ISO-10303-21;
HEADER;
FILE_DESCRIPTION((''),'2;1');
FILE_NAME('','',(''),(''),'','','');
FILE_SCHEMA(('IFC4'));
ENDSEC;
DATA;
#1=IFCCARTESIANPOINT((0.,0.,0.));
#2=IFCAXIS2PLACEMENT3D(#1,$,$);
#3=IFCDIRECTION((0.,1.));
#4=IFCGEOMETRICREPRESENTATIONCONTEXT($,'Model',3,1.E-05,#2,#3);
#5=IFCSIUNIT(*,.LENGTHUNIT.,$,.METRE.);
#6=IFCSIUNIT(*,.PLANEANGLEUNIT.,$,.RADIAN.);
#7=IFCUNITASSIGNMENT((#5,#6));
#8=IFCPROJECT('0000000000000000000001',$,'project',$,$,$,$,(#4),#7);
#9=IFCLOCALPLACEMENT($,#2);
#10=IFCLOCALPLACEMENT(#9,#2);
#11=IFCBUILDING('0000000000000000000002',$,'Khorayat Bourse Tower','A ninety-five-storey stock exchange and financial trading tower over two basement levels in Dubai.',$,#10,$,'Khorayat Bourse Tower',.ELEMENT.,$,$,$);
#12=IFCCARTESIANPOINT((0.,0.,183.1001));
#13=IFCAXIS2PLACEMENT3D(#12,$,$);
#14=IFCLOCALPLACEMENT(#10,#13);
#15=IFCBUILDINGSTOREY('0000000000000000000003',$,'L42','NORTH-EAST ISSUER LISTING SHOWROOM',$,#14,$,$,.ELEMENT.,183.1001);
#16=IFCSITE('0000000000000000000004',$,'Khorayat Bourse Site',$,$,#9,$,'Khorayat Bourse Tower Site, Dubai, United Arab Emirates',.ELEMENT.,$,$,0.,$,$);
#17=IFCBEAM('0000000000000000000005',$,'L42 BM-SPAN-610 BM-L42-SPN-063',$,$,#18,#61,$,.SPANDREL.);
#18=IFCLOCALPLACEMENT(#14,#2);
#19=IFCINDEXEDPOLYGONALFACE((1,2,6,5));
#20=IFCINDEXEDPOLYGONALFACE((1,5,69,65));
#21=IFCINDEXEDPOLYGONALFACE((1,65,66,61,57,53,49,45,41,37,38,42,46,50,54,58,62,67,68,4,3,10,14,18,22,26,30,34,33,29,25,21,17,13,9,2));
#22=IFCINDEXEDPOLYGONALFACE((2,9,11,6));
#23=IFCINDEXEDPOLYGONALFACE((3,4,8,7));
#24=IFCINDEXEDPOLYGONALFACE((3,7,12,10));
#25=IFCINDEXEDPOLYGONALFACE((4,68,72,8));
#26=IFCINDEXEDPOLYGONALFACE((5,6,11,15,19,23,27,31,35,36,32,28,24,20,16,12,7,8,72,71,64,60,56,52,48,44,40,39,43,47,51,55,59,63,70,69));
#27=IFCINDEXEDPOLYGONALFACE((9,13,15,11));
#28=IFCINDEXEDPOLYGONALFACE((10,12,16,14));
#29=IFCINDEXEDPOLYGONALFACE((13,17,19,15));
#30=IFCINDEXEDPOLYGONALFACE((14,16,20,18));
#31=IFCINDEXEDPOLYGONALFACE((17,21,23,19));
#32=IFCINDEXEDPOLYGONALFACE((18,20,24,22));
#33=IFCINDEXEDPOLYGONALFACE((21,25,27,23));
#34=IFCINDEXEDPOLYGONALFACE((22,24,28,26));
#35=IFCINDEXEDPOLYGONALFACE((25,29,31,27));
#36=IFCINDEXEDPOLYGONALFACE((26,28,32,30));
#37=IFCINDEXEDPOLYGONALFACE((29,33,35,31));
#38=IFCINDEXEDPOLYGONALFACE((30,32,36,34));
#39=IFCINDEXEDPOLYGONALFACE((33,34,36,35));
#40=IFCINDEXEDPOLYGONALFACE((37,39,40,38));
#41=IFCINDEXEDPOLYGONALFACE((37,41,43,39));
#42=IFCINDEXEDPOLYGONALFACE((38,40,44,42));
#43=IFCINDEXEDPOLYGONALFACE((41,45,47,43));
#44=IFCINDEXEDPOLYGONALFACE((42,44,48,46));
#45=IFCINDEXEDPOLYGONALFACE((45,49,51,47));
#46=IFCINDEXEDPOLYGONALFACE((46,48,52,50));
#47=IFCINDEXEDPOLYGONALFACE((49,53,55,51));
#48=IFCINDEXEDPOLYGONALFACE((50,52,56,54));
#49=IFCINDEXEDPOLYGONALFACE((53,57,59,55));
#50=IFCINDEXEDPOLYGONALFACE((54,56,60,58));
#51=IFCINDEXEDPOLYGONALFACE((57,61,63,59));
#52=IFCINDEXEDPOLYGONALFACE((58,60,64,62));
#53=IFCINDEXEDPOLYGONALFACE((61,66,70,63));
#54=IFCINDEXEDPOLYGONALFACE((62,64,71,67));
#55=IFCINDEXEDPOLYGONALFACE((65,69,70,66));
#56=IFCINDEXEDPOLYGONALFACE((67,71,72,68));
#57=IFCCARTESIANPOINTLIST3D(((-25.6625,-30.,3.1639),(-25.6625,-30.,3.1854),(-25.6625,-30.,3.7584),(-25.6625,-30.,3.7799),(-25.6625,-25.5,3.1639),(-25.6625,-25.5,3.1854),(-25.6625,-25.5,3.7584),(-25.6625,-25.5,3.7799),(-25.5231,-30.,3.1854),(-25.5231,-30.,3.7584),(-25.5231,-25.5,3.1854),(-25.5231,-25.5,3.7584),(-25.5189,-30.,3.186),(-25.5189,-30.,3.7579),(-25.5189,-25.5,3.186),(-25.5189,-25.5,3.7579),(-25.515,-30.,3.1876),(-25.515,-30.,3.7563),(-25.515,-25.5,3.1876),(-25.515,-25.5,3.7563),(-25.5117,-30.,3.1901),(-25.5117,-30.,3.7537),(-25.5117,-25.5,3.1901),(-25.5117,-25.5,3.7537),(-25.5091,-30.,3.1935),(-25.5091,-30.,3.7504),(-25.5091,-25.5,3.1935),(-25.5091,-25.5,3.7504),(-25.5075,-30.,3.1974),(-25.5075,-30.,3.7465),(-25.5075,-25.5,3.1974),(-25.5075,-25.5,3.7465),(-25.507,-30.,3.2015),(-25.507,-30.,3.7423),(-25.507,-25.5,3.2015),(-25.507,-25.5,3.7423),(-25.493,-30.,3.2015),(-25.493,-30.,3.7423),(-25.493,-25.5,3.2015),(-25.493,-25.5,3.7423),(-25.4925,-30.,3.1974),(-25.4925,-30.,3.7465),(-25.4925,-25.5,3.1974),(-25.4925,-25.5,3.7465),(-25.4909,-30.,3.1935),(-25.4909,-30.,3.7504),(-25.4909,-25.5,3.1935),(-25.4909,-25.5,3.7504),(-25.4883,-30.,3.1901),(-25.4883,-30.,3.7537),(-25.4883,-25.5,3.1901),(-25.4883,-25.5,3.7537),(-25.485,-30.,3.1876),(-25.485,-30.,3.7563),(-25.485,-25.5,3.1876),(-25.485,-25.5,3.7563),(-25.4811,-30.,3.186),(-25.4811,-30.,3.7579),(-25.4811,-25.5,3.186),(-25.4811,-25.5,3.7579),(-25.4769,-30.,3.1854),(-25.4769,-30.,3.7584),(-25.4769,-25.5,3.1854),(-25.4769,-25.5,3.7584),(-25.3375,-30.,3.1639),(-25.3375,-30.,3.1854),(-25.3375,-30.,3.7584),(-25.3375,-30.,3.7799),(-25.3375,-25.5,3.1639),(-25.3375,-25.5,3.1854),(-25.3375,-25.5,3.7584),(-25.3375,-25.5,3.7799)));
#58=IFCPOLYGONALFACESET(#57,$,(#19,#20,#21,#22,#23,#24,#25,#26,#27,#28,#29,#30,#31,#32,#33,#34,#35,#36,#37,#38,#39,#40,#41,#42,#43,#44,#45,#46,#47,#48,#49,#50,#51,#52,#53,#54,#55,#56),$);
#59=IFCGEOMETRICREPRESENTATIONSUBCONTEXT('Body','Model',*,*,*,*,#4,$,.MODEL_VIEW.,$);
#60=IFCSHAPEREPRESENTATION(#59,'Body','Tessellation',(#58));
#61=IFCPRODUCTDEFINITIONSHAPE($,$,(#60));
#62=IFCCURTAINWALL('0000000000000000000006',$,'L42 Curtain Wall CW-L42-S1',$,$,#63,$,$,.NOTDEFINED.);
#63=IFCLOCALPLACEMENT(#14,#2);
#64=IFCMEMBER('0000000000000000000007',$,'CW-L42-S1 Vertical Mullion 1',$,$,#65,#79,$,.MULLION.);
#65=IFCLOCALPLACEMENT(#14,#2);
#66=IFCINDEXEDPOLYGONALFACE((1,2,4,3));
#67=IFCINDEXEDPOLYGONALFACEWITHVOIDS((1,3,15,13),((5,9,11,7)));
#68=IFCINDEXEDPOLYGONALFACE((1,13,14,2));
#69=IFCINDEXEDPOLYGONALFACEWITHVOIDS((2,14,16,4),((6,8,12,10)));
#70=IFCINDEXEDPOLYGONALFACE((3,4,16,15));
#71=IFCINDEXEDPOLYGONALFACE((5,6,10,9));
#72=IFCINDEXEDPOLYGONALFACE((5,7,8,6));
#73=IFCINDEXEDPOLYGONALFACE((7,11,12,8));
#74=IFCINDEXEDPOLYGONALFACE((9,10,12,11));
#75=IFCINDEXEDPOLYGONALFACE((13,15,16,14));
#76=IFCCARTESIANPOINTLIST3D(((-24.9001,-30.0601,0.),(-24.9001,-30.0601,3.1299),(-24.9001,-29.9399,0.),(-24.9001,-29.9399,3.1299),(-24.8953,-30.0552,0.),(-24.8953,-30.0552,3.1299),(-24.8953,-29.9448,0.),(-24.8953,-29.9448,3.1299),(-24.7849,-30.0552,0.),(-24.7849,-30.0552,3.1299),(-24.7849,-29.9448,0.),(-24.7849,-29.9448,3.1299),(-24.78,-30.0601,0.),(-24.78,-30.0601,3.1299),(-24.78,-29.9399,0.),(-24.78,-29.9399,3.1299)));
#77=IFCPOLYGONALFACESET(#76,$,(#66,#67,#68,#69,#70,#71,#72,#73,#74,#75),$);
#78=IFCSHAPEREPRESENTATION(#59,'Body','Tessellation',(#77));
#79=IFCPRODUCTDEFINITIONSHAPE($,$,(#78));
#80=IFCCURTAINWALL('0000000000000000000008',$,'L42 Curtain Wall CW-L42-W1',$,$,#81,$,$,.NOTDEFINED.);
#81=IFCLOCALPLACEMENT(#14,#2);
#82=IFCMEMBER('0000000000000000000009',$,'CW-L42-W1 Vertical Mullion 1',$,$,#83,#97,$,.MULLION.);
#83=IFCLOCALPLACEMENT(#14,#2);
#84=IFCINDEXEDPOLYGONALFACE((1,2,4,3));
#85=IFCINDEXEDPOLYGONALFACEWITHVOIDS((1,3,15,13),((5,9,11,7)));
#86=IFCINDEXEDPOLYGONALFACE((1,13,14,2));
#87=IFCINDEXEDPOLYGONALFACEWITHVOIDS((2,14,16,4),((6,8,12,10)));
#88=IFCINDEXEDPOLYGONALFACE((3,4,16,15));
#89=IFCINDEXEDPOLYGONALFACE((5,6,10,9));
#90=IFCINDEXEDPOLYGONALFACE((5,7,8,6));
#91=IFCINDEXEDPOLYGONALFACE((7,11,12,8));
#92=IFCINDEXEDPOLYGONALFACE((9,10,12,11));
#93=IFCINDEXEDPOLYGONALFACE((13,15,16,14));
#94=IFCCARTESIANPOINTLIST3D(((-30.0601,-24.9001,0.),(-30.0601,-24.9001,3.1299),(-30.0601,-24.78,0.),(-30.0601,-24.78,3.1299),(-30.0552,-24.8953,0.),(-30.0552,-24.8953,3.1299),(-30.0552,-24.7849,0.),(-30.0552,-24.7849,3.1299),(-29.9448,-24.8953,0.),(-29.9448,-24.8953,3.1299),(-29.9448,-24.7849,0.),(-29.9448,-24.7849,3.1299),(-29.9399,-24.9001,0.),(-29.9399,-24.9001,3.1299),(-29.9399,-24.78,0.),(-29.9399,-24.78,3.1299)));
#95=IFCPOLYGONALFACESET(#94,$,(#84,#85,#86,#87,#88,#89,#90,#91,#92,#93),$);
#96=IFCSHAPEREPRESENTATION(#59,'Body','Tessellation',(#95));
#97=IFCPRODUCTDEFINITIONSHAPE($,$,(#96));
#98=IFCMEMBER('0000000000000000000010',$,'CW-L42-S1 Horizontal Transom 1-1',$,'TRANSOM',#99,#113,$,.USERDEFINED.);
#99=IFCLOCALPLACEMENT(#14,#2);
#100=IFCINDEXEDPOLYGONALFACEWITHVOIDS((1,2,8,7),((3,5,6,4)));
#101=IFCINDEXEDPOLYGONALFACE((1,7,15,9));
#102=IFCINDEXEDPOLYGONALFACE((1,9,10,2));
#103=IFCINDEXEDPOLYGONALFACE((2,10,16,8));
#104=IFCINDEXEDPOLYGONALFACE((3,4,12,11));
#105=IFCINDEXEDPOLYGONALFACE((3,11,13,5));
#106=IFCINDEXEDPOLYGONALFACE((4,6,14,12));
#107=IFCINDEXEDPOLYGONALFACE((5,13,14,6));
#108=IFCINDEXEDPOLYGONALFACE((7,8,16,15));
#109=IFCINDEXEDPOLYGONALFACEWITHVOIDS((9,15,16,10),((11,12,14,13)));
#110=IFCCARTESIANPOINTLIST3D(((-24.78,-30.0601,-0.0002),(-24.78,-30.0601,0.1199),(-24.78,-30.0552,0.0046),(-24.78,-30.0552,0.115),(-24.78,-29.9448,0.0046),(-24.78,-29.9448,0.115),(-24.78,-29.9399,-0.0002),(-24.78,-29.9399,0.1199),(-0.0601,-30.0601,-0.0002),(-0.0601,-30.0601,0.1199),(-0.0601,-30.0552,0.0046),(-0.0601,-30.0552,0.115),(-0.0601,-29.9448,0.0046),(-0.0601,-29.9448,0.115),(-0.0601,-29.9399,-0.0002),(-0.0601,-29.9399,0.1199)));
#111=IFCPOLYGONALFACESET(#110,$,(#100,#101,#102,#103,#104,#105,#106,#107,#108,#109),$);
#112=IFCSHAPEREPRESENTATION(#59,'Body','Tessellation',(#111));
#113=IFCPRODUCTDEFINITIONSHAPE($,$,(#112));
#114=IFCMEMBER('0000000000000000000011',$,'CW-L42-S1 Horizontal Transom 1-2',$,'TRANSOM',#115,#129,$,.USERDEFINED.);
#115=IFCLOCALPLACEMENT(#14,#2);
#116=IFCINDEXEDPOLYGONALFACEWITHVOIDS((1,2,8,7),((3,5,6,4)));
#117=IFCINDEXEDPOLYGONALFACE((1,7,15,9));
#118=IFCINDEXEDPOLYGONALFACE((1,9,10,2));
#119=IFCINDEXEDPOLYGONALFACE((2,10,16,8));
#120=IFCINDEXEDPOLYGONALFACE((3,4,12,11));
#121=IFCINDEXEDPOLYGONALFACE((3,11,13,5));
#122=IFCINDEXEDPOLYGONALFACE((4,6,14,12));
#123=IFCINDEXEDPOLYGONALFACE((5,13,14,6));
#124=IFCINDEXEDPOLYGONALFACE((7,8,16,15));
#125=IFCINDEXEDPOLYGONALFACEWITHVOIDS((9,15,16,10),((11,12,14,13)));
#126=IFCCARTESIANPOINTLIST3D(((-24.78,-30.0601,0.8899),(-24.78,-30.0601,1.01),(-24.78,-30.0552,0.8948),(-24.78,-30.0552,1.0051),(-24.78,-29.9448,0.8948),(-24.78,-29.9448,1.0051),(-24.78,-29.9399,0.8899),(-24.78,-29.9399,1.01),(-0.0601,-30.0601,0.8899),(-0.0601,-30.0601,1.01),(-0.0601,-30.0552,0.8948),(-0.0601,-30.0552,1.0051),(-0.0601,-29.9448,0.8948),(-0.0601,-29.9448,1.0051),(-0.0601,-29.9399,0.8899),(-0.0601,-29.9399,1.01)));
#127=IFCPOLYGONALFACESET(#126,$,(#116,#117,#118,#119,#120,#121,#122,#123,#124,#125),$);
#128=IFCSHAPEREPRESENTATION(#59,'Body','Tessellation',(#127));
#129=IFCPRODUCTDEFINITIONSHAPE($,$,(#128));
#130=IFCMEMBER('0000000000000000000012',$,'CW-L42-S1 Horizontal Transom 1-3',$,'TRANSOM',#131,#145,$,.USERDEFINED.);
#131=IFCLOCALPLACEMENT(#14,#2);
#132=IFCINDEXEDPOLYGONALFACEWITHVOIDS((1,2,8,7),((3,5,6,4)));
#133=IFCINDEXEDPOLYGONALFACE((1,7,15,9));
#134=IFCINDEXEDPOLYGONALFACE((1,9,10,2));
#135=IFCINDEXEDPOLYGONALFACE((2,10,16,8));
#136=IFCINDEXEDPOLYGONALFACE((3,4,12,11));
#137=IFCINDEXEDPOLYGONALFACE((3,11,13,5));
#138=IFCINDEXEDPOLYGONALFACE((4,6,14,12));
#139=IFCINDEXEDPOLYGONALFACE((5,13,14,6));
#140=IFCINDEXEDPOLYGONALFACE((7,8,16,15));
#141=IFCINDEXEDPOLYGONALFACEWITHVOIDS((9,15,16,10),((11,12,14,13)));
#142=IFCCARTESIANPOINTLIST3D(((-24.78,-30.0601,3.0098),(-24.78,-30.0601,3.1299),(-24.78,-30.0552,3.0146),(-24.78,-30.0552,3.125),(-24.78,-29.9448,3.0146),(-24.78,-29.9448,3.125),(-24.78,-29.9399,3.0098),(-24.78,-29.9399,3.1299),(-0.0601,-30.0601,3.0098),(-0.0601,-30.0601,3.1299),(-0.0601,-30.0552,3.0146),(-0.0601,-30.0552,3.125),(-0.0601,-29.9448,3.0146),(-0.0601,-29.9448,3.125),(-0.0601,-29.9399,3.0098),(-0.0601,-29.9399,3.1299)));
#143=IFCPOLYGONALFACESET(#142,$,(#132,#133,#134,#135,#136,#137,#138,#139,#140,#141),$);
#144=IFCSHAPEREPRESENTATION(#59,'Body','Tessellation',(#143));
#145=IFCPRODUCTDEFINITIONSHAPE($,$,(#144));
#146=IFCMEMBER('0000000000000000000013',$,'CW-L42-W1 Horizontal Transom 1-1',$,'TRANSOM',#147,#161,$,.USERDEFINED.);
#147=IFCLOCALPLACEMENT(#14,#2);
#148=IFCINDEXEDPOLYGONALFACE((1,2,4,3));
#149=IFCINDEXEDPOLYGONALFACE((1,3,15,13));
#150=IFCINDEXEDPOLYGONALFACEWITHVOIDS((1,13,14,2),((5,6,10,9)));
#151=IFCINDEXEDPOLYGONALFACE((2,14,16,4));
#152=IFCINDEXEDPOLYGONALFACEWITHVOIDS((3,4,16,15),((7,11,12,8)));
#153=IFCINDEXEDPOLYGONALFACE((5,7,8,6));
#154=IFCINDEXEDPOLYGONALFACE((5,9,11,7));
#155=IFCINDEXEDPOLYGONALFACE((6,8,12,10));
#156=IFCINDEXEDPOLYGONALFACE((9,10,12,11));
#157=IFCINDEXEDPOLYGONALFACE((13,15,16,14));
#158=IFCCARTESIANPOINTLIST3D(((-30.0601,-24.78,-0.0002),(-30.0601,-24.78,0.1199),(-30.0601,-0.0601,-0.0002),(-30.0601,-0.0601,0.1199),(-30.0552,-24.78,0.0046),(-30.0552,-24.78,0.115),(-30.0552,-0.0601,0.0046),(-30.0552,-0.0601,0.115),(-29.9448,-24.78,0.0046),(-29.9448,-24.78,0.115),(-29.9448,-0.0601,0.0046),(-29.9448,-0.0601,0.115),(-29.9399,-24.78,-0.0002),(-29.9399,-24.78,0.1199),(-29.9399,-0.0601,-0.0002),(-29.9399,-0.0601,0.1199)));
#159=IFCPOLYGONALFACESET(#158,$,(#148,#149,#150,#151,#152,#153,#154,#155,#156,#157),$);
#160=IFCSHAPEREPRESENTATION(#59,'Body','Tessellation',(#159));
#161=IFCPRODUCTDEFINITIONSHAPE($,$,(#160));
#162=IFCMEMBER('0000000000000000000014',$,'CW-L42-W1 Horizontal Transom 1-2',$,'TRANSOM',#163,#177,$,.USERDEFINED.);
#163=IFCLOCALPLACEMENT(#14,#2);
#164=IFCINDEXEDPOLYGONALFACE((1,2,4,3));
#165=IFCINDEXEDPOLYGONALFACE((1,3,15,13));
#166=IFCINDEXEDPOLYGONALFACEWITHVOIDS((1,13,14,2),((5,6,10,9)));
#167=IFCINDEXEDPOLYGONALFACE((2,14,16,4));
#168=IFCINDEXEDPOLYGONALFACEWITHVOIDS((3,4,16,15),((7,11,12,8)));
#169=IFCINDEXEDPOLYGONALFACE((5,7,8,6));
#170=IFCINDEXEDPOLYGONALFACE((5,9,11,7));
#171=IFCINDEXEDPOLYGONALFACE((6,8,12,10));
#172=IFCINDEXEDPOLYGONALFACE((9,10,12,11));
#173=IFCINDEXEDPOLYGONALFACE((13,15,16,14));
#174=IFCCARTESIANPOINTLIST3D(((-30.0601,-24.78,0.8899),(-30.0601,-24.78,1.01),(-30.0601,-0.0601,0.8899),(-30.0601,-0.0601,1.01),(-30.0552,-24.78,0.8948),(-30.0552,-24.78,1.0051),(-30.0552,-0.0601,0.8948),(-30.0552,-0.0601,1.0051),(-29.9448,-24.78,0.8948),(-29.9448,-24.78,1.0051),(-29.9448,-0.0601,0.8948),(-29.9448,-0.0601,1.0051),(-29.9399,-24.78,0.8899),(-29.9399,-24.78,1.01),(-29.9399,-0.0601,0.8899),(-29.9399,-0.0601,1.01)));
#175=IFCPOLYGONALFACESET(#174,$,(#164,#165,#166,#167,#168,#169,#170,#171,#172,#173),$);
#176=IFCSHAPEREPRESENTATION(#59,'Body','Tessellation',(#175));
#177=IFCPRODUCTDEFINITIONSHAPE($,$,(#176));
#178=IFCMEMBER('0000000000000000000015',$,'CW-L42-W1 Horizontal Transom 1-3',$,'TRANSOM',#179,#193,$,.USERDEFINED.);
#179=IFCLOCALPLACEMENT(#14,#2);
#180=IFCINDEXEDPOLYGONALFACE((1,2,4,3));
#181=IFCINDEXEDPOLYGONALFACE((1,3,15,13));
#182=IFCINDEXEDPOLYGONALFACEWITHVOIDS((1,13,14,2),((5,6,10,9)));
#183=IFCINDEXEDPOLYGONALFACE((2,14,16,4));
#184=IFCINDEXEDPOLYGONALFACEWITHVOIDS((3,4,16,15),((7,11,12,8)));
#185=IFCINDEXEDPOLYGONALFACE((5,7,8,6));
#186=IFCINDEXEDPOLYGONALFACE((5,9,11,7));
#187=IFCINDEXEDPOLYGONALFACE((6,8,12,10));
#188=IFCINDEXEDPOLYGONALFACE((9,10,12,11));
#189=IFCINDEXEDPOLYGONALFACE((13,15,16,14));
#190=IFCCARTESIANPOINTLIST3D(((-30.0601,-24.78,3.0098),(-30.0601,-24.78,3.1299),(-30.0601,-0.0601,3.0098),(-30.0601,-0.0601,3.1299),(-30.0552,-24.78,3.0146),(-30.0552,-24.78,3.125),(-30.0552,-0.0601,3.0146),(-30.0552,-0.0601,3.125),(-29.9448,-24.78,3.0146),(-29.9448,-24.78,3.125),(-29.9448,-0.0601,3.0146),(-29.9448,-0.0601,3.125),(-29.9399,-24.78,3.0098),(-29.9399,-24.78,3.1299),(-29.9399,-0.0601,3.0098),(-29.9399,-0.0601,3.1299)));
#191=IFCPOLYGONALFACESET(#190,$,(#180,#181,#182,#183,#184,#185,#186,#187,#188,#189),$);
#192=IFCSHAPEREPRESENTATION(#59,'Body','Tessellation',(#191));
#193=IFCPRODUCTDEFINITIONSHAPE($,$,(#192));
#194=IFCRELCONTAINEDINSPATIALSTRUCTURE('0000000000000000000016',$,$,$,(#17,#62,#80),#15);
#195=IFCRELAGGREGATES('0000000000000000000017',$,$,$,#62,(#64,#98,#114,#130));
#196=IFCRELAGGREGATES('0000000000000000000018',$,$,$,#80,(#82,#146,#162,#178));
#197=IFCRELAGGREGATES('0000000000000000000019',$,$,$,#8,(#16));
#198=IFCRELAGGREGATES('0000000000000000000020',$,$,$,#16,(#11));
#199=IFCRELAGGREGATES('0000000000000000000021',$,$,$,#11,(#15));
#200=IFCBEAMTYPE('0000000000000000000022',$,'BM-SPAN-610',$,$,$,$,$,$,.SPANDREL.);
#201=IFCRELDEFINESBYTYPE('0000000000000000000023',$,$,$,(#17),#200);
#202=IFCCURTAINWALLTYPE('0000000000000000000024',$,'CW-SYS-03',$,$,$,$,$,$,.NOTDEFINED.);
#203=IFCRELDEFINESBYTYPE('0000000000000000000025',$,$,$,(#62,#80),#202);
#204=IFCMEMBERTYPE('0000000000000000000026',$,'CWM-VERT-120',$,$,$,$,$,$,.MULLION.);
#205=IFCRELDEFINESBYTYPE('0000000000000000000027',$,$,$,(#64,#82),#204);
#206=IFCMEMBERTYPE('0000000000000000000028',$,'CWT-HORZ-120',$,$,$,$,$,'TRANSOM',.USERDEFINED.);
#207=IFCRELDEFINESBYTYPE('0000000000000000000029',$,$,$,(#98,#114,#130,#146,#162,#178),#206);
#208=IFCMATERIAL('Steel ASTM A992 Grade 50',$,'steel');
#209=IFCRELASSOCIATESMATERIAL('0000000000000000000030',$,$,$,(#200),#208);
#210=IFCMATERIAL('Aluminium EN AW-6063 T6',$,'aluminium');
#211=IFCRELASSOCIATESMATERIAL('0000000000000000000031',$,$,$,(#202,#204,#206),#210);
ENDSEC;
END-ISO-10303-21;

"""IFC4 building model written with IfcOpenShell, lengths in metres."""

from ifc_helpers import new_model, si_unit, direction, frame, origin, origin_2d, place, context, subcontext, project, spatial, hollow_rectangle, i_section, extrude, source, transform, mapped, material, material_profile, profile_set, type_object, element, aggregate, save


model = new_model("IFC4")

# Units and contexts
model_context = context("Model", 3, precision=1e-05, world=origin(), true_north=direction((0.0, 1.0)))
body_context = subcontext(model_context, "Body", "Model", "MODEL_VIEW")
ifc_project = project(units=[si_unit("LENGTHUNIT", "METRE"), si_unit("PLANEANGLEUNIT", "RADIAN")], contexts=[model_context])

# Site, building, storey
site_placement = place(None, origin())
site = spatial("IfcSite", under=ifc_project, at=site_placement, Name="Khorayat Bourse Site", LongName="Khorayat Bourse Tower Site, Dubai, United Arab Emirates", CompositionType="ELEMENT", RefElevation=0.0)
building_placement = place(site_placement, origin())
building = spatial("IfcBuilding", under=site, at=building_placement, Name="Khorayat Bourse Tower", Description="A ninety-five-storey stock exchange and financial trading tower over two basement levels in Dubai.", LongName="Khorayat Bourse Tower", CompositionType="ELEMENT")
storey_placement = place(building_placement, frame((0.0, 0.0, 183.1001)))
storey = spatial("IfcBuildingStorey", under=building, at=storey_placement, Name="L42", Description="NORTH-EAST ISSUER LISTING SHOWROOM", CompositionType="ELEMENT", Elevation=183.1001)

# Beam
ifc_material_1 = material(Name="Steel ASTM A992 Grade 50", Category="steel")
ifc_material_profile_1 = material_profile(ifc_material_1, i_section(OverallWidth=0.325, OverallDepth=0.616, WebThickness=0.0139, FlangeThickness=0.0215, FilletRadius=0.0161, at=origin_2d()), Name="W610X174")
ifc_profile_set_1 = profile_set([ifc_material_profile_1], Name="Steel ASTM A992 Grade 50")
beam_type_1 = type_object("IfcBeamType", Name="BM-SPAN-610", PredefinedType="SPANDREL", material=ifc_profile_set_1)
shared_shape_1 = source(origin(), body_context, "Body", "SweptSolid", [
    extrude(i_section(OverallWidth=0.325, OverallDepth=0.616, WebThickness=0.0139, FlangeThickness=0.0215, FilletRadius=0.0161, at=origin_2d()), origin(), (0.0, 0.0, 1.0), 4.5),
])
for number, where, z_axis, x_axis, name in (
    (1, (-25.5, -30.0, 3.4719), (0.0, 1.0, 0.0), (-1.0, 0.0, 0.0), "L42 BM-SPAN-610 BM-L42-SPN-063"),
):
    element("IfcBeam", number, at=place(storey_placement, frame(where, z_axis=z_axis, x_axis=x_axis)), inside=storey, type_object=beam_type_1, Name=name, PredefinedType="SPANDREL", context=body_context, shape_type="MappedRepresentation", body=[
        mapped(shared_shape_1, transform((0.0, 0.0, 0.0), scale=1.0)),
    ])

# Curtain walls, members
ifc_material_2 = material(Name="Aluminium EN AW-6063 T6", Category="aluminium")
curtain_wall_type = type_object("IfcCurtainWallType", Name="CW-SYS-03", PredefinedType="NOTDEFINED", material=ifc_material_2)
curtain_wall_1_placement = place(storey_placement, origin())
curtain_wall_1 = element("IfcCurtainWall", 2, at=curtain_wall_1_placement, inside=storey, type_object=curtain_wall_type, Name="L42 Curtain Wall CW-L42-S1", PredefinedType="NOTDEFINED")
ifc_material_profile_2 = material_profile(ifc_material_2, hollow_rectangle(XDim=0.1201, YDim=0.1201, WallThickness=0.0049, at=origin_2d()), Name="ALU 120x120x5")
ifc_profile_set_2 = profile_set([ifc_material_profile_2], Name="Aluminium EN AW-6063 T6")
member_type_1 = type_object("IfcMemberType", Name="CWM-VERT-120", PredefinedType="MULLION", material=ifc_profile_set_2)
shared_shape_2 = source(origin(), body_context, "Body", "SweptSolid", [
    extrude(hollow_rectangle(XDim=0.1201, YDim=0.1201, WallThickness=0.0049, at=origin_2d()), origin(), (0.0, 0.0, 1.0), 3.1299),
])
member_1_placement = place(storey_placement, frame((-24.8401, -30.0, 0.0), z_axis=(0.0, 0.0, 1.0), x_axis=(0.0, 1.0, 0.0)))
member_1 = element("IfcMember", 3, at=member_1_placement, type_object=member_type_1, Name="CW-L42-S1 Vertical Mullion 1", PredefinedType="MULLION", context=body_context, shape_type="MappedRepresentation", body=[
    mapped(shared_shape_2, transform((0.0, 0.0, 0.0), scale=1.0)),
])
curtain_wall_2_placement = place(storey_placement, origin())
curtain_wall_2 = element("IfcCurtainWall", 4, at=curtain_wall_2_placement, inside=storey, type_object=curtain_wall_type, Name="L42 Curtain Wall CW-L42-W1", PredefinedType="NOTDEFINED")
member_2_placement = place(storey_placement, frame((-30.0, -24.8401, 0.0), z_axis=(0.0, 0.0, 1.0), x_axis=(-1.0, 0.0, 0.0)))
member_2 = element("IfcMember", 5, at=member_2_placement, type_object=member_type_1, Name="CW-L42-W1 Vertical Mullion 1", PredefinedType="MULLION", context=body_context, shape_type="MappedRepresentation", body=[
    mapped(shared_shape_2, transform((0.0, 0.0, 0.0), scale=1.0)),
])

# Members
ifc_material_profile_3 = material_profile(ifc_material_2, hollow_rectangle(XDim=0.1201, YDim=0.1201, WallThickness=0.0049, at=origin_2d()), Name="ALU 120x120x5")
ifc_profile_set_3 = profile_set([ifc_material_profile_3], Name="Aluminium EN AW-6063 T6")
member_type_2 = type_object("IfcMemberType", Name="CWT-HORZ-120", ElementType="TRANSOM", PredefinedType="USERDEFINED", material=ifc_profile_set_3)
shared_shape_3 = source(origin(), body_context, "Body", "SweptSolid", [
    extrude(hollow_rectangle(XDim=0.1201, YDim=0.1201, WallThickness=0.0049, at=origin_2d()), origin(), (0.0, 0.0, 1.0), 24.72),
])
member_3_placement = place(storey_placement, frame((-24.78, -30.0, 0.0598), z_axis=(1.0, 0.0, 0.0), x_axis=(0.0, 1.0, 0.0)))
member_3 = element("IfcMember", 6, at=member_3_placement, type_object=member_type_2, Name="CW-L42-S1 Horizontal Transom 1-1", ObjectType="TRANSOM", PredefinedType="USERDEFINED", context=body_context, shape_type="MappedRepresentation", body=[
    mapped(shared_shape_3, transform((0.0, 0.0, 0.0), scale=1.0)),
])
member_4_placement = place(storey_placement, frame((-24.78, -30.0, 0.95), z_axis=(1.0, 0.0, 0.0), x_axis=(0.0, 1.0, 0.0)))
member_4 = element("IfcMember", 7, at=member_4_placement, type_object=member_type_2, Name="CW-L42-S1 Horizontal Transom 1-2", ObjectType="TRANSOM", PredefinedType="USERDEFINED", context=body_context, shape_type="MappedRepresentation", body=[
    mapped(shared_shape_3, transform((0.0, 0.0, 0.0), scale=1.0)),
])
member_5_placement = place(storey_placement, frame((-24.78, -30.0, 3.0698), z_axis=(1.0, 0.0, 0.0), x_axis=(0.0, 1.0, 0.0)))
member_5 = element("IfcMember", 8, at=member_5_placement, type_object=member_type_2, Name="CW-L42-S1 Horizontal Transom 1-3", ObjectType="TRANSOM", PredefinedType="USERDEFINED", context=body_context, shape_type="MappedRepresentation", body=[
    mapped(shared_shape_3, transform((0.0, 0.0, 0.0), scale=1.0)),
])
aggregate(curtain_wall_1, [member_1, member_3, member_4, member_5])
member_6_placement = place(storey_placement, frame((-30.0, -24.78, 0.0598), z_axis=(0.0, 1.0, 0.0), x_axis=(-1.0, 0.0, 0.0)))
member_6 = element("IfcMember", 9, at=member_6_placement, type_object=member_type_2, Name="CW-L42-W1 Horizontal Transom 1-1", ObjectType="TRANSOM", PredefinedType="USERDEFINED", context=body_context, shape_type="MappedRepresentation", body=[
    mapped(shared_shape_3, transform((0.0, 0.0, 0.0), scale=1.0)),
])
member_7_placement = place(storey_placement, frame((-30.0, -24.78, 0.95), z_axis=(0.0, 1.0, 0.0), x_axis=(-1.0, 0.0, 0.0)))
member_7 = element("IfcMember", 10, at=member_7_placement, type_object=member_type_2, Name="CW-L42-W1 Horizontal Transom 1-2", ObjectType="TRANSOM", PredefinedType="USERDEFINED", context=body_context, shape_type="MappedRepresentation", body=[
    mapped(shared_shape_3, transform((0.0, 0.0, 0.0), scale=1.0)),
])
member_8_placement = place(storey_placement, frame((-30.0, -24.78, 3.0698), z_axis=(0.0, 1.0, 0.0), x_axis=(-1.0, 0.0, 0.0)))
member_8 = element("IfcMember", 11, at=member_8_placement, type_object=member_type_2, Name="CW-L42-W1 Horizontal Transom 1-3", ObjectType="TRANSOM", PredefinedType="USERDEFINED", context=body_context, shape_type="MappedRepresentation", body=[
    mapped(shared_shape_3, transform((0.0, 0.0, 0.0), scale=1.0)),
])
aggregate(curtain_wall_2, [member_2, member_6, member_7, member_8])

save(model, "model.ifc")
